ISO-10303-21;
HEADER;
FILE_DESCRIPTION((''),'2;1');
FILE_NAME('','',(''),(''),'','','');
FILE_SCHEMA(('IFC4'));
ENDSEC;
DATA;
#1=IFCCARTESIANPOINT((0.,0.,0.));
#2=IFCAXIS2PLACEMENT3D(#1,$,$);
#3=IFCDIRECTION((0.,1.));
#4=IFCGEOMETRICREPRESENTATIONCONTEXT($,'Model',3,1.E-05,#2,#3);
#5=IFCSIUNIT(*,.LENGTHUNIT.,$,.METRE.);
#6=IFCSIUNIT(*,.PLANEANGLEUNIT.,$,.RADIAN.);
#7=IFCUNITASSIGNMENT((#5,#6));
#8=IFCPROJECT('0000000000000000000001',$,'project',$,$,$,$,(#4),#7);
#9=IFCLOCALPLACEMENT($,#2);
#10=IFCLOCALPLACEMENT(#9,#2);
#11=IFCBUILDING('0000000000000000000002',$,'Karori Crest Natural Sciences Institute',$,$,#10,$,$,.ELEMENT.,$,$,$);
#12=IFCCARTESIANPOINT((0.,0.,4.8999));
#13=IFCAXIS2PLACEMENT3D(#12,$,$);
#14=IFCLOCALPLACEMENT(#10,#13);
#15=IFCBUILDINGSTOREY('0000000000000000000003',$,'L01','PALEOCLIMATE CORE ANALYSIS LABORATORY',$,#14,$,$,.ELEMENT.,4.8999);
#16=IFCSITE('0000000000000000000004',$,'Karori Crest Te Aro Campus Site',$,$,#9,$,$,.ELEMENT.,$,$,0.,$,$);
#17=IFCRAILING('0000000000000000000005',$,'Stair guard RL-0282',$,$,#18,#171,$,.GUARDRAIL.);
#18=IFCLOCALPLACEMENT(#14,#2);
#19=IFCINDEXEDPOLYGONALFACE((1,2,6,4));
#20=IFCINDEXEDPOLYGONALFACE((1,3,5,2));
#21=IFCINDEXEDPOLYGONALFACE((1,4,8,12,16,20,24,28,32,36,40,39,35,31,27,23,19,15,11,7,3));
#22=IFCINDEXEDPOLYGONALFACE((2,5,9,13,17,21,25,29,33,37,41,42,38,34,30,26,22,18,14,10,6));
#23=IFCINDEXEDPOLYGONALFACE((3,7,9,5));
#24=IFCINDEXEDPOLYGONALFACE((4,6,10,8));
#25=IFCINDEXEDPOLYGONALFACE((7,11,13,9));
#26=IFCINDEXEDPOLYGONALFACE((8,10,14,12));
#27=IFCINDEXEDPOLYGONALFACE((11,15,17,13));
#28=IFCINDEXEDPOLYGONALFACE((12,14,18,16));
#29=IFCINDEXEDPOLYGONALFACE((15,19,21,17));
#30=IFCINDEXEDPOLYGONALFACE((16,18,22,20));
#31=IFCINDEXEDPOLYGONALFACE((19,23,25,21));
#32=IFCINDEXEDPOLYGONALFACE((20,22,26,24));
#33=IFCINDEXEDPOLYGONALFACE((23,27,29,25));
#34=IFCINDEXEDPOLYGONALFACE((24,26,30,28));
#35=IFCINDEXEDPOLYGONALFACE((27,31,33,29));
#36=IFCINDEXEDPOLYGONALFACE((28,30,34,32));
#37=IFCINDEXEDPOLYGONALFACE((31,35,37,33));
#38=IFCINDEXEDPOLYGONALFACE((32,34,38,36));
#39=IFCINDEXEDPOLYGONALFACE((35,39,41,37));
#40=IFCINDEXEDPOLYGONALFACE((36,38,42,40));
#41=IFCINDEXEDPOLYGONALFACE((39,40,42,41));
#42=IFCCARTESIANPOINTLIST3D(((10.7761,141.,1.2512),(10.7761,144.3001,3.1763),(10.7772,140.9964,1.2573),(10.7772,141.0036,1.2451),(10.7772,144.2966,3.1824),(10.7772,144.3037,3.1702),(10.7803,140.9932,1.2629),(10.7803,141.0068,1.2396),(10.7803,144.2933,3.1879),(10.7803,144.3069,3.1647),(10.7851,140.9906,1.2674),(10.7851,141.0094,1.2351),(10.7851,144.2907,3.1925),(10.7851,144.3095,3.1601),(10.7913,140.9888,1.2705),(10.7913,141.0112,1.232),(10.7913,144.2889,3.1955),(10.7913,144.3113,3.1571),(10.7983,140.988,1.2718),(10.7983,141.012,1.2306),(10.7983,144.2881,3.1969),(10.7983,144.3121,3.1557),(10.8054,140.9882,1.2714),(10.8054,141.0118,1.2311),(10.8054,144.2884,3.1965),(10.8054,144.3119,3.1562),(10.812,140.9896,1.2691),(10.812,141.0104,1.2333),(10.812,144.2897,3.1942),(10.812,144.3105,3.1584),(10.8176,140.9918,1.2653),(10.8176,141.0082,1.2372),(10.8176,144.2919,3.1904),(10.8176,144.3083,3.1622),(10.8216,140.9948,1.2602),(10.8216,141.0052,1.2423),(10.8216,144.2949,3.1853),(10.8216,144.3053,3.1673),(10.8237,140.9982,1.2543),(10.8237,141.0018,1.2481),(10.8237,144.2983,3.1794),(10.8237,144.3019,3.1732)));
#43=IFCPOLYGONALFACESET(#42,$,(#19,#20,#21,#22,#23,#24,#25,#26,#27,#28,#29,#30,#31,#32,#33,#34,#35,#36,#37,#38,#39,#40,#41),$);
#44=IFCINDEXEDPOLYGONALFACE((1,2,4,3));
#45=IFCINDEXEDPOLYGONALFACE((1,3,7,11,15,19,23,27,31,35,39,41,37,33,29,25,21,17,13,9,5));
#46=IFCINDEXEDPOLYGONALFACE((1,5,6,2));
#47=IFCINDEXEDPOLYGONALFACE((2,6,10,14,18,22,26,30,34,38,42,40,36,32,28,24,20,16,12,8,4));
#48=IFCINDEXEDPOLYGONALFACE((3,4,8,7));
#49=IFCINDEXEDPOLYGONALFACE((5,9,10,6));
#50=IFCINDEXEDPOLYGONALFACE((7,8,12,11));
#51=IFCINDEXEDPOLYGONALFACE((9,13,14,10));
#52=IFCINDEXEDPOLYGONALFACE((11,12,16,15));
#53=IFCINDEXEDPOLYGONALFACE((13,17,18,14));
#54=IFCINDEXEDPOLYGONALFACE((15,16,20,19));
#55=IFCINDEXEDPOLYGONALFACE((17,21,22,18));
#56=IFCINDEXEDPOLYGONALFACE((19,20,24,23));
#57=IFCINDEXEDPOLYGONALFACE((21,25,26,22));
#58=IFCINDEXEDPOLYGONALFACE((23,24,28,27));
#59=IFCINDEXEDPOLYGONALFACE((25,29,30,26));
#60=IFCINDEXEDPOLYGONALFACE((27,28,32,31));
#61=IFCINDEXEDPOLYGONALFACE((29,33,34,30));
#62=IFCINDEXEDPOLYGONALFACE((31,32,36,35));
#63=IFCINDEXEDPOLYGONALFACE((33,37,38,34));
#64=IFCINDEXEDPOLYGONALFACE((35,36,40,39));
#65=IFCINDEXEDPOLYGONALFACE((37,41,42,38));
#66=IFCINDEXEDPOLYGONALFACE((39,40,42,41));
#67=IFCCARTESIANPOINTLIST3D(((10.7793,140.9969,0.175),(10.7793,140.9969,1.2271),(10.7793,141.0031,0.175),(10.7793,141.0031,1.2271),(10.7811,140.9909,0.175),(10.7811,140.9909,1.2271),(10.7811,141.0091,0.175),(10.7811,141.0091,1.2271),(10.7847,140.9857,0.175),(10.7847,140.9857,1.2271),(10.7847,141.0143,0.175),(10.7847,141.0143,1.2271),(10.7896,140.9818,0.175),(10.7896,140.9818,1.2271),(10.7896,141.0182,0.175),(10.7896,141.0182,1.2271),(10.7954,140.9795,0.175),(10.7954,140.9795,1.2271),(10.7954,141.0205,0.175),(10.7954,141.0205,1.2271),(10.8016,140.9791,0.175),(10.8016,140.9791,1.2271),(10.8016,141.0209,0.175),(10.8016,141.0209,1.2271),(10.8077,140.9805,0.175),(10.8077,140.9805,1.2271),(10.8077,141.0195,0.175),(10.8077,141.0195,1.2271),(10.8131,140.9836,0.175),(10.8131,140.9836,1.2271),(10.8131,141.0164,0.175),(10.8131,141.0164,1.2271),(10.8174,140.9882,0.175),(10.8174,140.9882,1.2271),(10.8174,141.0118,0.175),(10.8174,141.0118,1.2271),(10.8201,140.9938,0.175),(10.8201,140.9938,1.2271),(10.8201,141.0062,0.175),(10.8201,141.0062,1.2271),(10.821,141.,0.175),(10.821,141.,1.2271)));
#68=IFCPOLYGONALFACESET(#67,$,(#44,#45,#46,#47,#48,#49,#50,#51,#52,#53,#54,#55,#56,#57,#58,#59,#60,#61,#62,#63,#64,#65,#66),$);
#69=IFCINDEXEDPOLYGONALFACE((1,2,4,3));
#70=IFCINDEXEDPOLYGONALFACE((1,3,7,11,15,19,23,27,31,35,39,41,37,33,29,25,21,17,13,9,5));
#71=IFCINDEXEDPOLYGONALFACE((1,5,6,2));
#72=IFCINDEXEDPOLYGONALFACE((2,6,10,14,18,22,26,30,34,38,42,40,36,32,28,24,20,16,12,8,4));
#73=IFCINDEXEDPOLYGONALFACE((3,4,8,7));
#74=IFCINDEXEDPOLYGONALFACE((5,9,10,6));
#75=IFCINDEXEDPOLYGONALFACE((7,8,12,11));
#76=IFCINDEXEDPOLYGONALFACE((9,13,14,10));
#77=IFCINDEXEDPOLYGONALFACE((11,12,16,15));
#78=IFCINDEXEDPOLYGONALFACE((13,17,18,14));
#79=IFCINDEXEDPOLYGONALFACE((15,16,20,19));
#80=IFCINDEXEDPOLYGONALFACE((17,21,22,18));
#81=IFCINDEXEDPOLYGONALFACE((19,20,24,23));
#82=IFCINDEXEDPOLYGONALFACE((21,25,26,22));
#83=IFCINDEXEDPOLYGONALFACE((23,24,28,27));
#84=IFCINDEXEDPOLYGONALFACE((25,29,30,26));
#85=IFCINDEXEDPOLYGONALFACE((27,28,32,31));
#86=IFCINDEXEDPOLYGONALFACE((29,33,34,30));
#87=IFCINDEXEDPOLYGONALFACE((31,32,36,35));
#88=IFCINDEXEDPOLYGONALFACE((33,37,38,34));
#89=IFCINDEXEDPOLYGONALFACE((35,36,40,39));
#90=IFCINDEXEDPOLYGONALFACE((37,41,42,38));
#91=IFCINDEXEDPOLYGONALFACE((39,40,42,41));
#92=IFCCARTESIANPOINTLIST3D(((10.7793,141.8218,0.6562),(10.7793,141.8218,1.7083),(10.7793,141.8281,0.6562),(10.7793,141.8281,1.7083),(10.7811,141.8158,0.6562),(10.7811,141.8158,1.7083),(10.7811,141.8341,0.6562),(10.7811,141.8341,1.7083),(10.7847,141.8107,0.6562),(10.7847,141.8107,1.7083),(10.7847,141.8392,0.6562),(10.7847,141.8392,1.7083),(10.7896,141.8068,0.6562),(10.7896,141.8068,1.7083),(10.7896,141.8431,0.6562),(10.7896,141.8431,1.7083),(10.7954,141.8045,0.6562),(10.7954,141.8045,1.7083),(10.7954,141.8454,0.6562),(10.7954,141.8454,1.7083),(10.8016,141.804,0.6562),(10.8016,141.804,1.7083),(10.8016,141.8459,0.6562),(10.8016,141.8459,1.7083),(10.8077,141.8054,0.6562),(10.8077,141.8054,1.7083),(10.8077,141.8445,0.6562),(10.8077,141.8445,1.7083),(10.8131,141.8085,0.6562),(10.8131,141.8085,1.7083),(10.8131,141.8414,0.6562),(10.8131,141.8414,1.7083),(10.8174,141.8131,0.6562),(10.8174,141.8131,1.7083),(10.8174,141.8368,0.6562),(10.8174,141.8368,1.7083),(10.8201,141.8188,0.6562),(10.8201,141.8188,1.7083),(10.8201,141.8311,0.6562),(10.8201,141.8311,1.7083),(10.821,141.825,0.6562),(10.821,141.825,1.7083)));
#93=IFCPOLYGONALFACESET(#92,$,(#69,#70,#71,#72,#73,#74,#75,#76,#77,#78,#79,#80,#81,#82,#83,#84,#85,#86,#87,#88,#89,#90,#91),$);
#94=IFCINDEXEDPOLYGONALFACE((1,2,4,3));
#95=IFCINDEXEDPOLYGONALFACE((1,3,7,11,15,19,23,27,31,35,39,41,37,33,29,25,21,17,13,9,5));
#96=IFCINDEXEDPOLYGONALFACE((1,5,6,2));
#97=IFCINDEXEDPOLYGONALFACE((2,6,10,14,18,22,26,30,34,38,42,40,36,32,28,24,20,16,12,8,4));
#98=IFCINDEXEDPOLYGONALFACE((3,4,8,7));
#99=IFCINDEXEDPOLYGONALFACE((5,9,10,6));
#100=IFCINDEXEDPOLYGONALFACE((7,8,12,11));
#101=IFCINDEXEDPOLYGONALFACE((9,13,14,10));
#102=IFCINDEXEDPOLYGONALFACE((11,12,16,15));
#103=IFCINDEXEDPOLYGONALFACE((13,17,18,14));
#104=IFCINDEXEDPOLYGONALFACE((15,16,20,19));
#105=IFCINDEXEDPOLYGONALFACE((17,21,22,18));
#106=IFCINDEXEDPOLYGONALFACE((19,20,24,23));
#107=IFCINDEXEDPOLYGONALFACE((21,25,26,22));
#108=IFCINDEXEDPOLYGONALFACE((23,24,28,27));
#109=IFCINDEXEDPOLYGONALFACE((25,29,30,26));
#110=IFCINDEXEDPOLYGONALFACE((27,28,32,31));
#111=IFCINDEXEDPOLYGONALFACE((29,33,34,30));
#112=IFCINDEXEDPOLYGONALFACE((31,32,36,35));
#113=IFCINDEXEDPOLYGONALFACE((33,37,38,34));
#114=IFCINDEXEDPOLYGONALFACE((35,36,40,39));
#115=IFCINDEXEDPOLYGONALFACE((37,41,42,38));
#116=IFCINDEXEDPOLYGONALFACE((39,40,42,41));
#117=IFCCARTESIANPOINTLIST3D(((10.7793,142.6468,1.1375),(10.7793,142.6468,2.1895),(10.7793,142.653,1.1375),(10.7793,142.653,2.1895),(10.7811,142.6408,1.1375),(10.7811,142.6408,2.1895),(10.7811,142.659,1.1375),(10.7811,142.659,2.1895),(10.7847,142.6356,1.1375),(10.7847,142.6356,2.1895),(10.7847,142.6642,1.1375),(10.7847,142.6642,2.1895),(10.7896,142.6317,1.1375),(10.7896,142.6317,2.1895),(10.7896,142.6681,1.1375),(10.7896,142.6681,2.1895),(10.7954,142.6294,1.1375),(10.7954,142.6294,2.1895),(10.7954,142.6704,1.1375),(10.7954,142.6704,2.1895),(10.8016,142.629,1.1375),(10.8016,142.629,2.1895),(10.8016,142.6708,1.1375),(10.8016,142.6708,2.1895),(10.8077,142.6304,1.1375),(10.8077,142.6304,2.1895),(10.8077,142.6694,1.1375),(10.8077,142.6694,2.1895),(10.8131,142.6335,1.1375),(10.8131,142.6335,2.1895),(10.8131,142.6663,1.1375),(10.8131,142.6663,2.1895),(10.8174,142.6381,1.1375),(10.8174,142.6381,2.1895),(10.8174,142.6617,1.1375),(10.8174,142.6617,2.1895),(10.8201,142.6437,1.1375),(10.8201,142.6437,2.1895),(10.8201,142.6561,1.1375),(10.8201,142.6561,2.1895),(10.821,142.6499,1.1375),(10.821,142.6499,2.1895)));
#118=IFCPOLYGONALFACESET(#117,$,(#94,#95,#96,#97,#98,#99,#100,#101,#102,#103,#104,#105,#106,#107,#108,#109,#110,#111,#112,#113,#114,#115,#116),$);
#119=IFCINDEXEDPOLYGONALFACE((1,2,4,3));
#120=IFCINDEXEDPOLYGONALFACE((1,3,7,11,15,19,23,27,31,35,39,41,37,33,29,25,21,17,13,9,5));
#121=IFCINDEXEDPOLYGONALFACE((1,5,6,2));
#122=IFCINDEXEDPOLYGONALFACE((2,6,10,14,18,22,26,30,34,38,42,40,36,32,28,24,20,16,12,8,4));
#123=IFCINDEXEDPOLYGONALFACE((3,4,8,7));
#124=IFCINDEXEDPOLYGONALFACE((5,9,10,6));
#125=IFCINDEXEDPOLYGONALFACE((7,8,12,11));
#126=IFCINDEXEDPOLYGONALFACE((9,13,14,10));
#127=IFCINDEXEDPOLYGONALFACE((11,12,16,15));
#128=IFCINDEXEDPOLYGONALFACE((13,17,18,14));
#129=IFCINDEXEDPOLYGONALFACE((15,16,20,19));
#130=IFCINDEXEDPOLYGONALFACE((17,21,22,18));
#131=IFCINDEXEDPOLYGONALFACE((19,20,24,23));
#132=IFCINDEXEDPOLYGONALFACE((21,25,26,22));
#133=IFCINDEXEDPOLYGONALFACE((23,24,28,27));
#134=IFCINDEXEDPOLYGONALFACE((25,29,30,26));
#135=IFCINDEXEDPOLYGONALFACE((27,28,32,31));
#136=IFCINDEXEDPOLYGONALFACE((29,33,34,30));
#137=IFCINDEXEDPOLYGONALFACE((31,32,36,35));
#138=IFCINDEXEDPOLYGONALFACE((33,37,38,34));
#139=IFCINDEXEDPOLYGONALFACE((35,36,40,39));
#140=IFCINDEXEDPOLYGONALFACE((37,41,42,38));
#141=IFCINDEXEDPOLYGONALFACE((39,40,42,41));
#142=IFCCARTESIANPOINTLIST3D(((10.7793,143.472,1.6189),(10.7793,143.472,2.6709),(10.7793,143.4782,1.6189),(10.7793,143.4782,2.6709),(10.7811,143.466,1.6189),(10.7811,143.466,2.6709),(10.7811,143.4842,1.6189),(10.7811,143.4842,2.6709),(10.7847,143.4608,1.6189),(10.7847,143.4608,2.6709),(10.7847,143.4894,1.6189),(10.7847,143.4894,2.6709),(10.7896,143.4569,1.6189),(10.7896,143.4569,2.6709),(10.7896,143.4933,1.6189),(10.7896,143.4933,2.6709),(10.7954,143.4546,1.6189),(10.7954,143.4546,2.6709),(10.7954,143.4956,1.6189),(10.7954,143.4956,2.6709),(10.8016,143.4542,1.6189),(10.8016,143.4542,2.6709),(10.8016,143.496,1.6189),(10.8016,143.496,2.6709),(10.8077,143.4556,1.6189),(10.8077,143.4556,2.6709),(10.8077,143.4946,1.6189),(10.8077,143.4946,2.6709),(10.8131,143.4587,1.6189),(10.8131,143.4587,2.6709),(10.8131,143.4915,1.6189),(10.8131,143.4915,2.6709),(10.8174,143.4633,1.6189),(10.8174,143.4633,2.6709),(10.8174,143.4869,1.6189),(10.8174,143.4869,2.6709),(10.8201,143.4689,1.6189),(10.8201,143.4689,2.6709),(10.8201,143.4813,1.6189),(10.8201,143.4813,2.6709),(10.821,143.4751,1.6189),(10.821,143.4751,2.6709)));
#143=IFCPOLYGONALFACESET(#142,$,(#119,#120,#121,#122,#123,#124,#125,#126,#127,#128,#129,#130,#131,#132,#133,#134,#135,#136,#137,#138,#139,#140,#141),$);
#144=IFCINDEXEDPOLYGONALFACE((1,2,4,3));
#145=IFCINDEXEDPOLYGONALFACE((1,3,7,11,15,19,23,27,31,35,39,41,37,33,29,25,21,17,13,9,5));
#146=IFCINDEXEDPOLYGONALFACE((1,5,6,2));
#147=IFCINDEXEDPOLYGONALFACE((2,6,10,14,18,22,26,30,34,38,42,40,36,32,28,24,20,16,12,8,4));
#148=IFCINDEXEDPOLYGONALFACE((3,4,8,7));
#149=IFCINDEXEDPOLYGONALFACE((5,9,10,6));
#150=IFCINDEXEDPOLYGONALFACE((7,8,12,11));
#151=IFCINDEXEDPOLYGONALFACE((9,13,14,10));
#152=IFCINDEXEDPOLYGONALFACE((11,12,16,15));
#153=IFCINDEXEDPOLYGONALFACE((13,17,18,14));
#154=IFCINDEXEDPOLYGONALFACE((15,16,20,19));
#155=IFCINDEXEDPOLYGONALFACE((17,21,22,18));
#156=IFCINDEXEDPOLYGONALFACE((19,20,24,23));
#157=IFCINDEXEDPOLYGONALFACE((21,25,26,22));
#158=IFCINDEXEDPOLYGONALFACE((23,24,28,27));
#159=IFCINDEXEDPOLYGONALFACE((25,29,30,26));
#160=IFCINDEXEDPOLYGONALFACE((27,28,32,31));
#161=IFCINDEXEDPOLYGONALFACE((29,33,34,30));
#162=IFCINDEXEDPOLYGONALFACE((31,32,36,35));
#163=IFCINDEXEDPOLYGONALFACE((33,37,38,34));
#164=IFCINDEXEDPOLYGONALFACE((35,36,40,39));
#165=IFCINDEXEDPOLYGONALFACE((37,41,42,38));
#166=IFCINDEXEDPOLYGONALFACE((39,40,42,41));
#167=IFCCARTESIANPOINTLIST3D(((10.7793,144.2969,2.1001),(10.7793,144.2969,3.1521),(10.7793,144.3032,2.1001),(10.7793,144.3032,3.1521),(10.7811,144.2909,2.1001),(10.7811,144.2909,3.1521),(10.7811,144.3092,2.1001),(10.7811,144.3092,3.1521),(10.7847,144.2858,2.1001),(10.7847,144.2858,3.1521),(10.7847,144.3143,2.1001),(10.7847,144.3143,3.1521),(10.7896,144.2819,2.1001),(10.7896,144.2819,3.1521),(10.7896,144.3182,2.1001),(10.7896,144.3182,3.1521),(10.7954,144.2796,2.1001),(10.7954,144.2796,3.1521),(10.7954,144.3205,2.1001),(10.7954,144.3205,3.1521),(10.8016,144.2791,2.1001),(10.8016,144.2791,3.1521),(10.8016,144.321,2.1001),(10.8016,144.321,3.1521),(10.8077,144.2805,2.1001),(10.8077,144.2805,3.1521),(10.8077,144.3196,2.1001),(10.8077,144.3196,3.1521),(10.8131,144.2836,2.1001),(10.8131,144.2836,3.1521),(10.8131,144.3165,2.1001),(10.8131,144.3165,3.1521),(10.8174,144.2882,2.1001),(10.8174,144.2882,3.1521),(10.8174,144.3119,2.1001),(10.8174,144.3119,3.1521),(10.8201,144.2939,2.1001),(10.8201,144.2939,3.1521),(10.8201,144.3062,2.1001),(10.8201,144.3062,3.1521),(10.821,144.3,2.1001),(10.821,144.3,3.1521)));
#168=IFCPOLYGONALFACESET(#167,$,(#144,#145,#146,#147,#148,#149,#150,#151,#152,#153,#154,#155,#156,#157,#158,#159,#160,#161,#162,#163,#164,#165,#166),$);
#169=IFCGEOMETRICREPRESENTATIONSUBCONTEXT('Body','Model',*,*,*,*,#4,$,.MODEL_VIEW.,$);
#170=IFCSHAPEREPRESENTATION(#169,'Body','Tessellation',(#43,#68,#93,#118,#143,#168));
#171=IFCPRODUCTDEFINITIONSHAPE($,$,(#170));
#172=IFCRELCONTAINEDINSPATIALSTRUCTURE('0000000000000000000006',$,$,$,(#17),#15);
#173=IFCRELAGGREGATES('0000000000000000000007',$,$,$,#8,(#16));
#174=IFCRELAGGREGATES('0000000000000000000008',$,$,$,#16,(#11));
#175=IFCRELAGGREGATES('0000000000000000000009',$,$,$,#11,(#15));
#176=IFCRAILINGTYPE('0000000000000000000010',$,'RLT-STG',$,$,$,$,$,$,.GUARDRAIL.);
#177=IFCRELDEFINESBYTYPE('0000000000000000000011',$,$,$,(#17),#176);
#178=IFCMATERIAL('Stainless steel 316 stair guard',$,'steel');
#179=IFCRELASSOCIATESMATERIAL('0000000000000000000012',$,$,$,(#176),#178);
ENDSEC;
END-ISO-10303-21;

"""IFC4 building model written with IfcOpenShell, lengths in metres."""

from ifc_helpers import new_model, si_unit, direction, frame, origin, origin_2d, place, context, subcontext, project, spatial, circle, extrude, material, type_object, element, save


model = new_model("IFC4")

# Units and contexts
model_context = context("Model", 3, precision=1e-05, world=origin(), true_north=direction((0.0, 1.0)))
body_context = subcontext(model_context, "Body", "Model", "MODEL_VIEW")
ifc_project = project(units=[si_unit("LENGTHUNIT", "METRE"), si_unit("PLANEANGLEUNIT", "RADIAN")], contexts=[model_context])

# Site, building, storey
site_placement = place(None, origin())
site = spatial("IfcSite", under=ifc_project, at=site_placement, Name="Karori Crest Te Aro Campus Site", CompositionType="ELEMENT", RefElevation=0.0)
building_placement = place(site_placement, origin())
building = spatial("IfcBuilding", under=site, at=building_placement, Name="Karori Crest Natural Sciences Institute", CompositionType="ELEMENT")
storey_placement = place(building_placement, frame((0.0, 0.0, 4.8999)))
storey = spatial("IfcBuildingStorey", under=building, at=storey_placement, Name="L01", Description="PALEOCLIMATE CORE ANALYSIS LABORATORY", CompositionType="ELEMENT", Elevation=4.8999)

# Railing
ifc_material_1 = material(Name="Stainless steel 316 stair guard", Category="steel")
railing_type_1 = type_object("IfcRailingType", Name="RLT-STG", PredefinedType="GUARDRAIL", material=ifc_material_1)
railing_1_placement = place(storey_placement, frame((10.8, 141.0, 0.175)))
element("IfcRailing", 1, at=railing_1_placement, inside=storey, type_object=railing_type_1, Name="Stair guard RL-0282", PredefinedType="GUARDRAIL", context=body_context, shape_type="SweptSolid", body=[
    extrude(circle(Radius=0.0239, at=origin_2d()), frame((0.0, 0.0, 1.0762), z_axis=(0.0, 0.863777, 0.503875), x_axis=(-1.0, 0.0, 0.0)), (0.0, 0.0, 1.0), 3.8206),
    extrude(circle(Radius=0.021, at=origin_2d()), origin(), (0.0, 0.0, 1.0), 1.052),
    extrude(circle(Radius=0.021, at=origin_2d()), frame((0.0, 0.825, 0.4812)), (0.0, 0.0, 1.0), 1.052),
    extrude(circle(Radius=0.021, at=origin_2d()), frame((0.0, 1.6499, 0.9624)), (0.0, 0.0, 1.0), 1.052),
    extrude(circle(Radius=0.021, at=origin_2d()), frame((0.0, 2.4751, 1.4438)), (0.0, 0.0, 1.0), 1.052),
    extrude(circle(Radius=0.021, at=origin_2d()), frame((0.0, 3.3, 1.925)), (0.0, 0.0, 1.0), 1.052),
])

save(model, "model.ifc")
